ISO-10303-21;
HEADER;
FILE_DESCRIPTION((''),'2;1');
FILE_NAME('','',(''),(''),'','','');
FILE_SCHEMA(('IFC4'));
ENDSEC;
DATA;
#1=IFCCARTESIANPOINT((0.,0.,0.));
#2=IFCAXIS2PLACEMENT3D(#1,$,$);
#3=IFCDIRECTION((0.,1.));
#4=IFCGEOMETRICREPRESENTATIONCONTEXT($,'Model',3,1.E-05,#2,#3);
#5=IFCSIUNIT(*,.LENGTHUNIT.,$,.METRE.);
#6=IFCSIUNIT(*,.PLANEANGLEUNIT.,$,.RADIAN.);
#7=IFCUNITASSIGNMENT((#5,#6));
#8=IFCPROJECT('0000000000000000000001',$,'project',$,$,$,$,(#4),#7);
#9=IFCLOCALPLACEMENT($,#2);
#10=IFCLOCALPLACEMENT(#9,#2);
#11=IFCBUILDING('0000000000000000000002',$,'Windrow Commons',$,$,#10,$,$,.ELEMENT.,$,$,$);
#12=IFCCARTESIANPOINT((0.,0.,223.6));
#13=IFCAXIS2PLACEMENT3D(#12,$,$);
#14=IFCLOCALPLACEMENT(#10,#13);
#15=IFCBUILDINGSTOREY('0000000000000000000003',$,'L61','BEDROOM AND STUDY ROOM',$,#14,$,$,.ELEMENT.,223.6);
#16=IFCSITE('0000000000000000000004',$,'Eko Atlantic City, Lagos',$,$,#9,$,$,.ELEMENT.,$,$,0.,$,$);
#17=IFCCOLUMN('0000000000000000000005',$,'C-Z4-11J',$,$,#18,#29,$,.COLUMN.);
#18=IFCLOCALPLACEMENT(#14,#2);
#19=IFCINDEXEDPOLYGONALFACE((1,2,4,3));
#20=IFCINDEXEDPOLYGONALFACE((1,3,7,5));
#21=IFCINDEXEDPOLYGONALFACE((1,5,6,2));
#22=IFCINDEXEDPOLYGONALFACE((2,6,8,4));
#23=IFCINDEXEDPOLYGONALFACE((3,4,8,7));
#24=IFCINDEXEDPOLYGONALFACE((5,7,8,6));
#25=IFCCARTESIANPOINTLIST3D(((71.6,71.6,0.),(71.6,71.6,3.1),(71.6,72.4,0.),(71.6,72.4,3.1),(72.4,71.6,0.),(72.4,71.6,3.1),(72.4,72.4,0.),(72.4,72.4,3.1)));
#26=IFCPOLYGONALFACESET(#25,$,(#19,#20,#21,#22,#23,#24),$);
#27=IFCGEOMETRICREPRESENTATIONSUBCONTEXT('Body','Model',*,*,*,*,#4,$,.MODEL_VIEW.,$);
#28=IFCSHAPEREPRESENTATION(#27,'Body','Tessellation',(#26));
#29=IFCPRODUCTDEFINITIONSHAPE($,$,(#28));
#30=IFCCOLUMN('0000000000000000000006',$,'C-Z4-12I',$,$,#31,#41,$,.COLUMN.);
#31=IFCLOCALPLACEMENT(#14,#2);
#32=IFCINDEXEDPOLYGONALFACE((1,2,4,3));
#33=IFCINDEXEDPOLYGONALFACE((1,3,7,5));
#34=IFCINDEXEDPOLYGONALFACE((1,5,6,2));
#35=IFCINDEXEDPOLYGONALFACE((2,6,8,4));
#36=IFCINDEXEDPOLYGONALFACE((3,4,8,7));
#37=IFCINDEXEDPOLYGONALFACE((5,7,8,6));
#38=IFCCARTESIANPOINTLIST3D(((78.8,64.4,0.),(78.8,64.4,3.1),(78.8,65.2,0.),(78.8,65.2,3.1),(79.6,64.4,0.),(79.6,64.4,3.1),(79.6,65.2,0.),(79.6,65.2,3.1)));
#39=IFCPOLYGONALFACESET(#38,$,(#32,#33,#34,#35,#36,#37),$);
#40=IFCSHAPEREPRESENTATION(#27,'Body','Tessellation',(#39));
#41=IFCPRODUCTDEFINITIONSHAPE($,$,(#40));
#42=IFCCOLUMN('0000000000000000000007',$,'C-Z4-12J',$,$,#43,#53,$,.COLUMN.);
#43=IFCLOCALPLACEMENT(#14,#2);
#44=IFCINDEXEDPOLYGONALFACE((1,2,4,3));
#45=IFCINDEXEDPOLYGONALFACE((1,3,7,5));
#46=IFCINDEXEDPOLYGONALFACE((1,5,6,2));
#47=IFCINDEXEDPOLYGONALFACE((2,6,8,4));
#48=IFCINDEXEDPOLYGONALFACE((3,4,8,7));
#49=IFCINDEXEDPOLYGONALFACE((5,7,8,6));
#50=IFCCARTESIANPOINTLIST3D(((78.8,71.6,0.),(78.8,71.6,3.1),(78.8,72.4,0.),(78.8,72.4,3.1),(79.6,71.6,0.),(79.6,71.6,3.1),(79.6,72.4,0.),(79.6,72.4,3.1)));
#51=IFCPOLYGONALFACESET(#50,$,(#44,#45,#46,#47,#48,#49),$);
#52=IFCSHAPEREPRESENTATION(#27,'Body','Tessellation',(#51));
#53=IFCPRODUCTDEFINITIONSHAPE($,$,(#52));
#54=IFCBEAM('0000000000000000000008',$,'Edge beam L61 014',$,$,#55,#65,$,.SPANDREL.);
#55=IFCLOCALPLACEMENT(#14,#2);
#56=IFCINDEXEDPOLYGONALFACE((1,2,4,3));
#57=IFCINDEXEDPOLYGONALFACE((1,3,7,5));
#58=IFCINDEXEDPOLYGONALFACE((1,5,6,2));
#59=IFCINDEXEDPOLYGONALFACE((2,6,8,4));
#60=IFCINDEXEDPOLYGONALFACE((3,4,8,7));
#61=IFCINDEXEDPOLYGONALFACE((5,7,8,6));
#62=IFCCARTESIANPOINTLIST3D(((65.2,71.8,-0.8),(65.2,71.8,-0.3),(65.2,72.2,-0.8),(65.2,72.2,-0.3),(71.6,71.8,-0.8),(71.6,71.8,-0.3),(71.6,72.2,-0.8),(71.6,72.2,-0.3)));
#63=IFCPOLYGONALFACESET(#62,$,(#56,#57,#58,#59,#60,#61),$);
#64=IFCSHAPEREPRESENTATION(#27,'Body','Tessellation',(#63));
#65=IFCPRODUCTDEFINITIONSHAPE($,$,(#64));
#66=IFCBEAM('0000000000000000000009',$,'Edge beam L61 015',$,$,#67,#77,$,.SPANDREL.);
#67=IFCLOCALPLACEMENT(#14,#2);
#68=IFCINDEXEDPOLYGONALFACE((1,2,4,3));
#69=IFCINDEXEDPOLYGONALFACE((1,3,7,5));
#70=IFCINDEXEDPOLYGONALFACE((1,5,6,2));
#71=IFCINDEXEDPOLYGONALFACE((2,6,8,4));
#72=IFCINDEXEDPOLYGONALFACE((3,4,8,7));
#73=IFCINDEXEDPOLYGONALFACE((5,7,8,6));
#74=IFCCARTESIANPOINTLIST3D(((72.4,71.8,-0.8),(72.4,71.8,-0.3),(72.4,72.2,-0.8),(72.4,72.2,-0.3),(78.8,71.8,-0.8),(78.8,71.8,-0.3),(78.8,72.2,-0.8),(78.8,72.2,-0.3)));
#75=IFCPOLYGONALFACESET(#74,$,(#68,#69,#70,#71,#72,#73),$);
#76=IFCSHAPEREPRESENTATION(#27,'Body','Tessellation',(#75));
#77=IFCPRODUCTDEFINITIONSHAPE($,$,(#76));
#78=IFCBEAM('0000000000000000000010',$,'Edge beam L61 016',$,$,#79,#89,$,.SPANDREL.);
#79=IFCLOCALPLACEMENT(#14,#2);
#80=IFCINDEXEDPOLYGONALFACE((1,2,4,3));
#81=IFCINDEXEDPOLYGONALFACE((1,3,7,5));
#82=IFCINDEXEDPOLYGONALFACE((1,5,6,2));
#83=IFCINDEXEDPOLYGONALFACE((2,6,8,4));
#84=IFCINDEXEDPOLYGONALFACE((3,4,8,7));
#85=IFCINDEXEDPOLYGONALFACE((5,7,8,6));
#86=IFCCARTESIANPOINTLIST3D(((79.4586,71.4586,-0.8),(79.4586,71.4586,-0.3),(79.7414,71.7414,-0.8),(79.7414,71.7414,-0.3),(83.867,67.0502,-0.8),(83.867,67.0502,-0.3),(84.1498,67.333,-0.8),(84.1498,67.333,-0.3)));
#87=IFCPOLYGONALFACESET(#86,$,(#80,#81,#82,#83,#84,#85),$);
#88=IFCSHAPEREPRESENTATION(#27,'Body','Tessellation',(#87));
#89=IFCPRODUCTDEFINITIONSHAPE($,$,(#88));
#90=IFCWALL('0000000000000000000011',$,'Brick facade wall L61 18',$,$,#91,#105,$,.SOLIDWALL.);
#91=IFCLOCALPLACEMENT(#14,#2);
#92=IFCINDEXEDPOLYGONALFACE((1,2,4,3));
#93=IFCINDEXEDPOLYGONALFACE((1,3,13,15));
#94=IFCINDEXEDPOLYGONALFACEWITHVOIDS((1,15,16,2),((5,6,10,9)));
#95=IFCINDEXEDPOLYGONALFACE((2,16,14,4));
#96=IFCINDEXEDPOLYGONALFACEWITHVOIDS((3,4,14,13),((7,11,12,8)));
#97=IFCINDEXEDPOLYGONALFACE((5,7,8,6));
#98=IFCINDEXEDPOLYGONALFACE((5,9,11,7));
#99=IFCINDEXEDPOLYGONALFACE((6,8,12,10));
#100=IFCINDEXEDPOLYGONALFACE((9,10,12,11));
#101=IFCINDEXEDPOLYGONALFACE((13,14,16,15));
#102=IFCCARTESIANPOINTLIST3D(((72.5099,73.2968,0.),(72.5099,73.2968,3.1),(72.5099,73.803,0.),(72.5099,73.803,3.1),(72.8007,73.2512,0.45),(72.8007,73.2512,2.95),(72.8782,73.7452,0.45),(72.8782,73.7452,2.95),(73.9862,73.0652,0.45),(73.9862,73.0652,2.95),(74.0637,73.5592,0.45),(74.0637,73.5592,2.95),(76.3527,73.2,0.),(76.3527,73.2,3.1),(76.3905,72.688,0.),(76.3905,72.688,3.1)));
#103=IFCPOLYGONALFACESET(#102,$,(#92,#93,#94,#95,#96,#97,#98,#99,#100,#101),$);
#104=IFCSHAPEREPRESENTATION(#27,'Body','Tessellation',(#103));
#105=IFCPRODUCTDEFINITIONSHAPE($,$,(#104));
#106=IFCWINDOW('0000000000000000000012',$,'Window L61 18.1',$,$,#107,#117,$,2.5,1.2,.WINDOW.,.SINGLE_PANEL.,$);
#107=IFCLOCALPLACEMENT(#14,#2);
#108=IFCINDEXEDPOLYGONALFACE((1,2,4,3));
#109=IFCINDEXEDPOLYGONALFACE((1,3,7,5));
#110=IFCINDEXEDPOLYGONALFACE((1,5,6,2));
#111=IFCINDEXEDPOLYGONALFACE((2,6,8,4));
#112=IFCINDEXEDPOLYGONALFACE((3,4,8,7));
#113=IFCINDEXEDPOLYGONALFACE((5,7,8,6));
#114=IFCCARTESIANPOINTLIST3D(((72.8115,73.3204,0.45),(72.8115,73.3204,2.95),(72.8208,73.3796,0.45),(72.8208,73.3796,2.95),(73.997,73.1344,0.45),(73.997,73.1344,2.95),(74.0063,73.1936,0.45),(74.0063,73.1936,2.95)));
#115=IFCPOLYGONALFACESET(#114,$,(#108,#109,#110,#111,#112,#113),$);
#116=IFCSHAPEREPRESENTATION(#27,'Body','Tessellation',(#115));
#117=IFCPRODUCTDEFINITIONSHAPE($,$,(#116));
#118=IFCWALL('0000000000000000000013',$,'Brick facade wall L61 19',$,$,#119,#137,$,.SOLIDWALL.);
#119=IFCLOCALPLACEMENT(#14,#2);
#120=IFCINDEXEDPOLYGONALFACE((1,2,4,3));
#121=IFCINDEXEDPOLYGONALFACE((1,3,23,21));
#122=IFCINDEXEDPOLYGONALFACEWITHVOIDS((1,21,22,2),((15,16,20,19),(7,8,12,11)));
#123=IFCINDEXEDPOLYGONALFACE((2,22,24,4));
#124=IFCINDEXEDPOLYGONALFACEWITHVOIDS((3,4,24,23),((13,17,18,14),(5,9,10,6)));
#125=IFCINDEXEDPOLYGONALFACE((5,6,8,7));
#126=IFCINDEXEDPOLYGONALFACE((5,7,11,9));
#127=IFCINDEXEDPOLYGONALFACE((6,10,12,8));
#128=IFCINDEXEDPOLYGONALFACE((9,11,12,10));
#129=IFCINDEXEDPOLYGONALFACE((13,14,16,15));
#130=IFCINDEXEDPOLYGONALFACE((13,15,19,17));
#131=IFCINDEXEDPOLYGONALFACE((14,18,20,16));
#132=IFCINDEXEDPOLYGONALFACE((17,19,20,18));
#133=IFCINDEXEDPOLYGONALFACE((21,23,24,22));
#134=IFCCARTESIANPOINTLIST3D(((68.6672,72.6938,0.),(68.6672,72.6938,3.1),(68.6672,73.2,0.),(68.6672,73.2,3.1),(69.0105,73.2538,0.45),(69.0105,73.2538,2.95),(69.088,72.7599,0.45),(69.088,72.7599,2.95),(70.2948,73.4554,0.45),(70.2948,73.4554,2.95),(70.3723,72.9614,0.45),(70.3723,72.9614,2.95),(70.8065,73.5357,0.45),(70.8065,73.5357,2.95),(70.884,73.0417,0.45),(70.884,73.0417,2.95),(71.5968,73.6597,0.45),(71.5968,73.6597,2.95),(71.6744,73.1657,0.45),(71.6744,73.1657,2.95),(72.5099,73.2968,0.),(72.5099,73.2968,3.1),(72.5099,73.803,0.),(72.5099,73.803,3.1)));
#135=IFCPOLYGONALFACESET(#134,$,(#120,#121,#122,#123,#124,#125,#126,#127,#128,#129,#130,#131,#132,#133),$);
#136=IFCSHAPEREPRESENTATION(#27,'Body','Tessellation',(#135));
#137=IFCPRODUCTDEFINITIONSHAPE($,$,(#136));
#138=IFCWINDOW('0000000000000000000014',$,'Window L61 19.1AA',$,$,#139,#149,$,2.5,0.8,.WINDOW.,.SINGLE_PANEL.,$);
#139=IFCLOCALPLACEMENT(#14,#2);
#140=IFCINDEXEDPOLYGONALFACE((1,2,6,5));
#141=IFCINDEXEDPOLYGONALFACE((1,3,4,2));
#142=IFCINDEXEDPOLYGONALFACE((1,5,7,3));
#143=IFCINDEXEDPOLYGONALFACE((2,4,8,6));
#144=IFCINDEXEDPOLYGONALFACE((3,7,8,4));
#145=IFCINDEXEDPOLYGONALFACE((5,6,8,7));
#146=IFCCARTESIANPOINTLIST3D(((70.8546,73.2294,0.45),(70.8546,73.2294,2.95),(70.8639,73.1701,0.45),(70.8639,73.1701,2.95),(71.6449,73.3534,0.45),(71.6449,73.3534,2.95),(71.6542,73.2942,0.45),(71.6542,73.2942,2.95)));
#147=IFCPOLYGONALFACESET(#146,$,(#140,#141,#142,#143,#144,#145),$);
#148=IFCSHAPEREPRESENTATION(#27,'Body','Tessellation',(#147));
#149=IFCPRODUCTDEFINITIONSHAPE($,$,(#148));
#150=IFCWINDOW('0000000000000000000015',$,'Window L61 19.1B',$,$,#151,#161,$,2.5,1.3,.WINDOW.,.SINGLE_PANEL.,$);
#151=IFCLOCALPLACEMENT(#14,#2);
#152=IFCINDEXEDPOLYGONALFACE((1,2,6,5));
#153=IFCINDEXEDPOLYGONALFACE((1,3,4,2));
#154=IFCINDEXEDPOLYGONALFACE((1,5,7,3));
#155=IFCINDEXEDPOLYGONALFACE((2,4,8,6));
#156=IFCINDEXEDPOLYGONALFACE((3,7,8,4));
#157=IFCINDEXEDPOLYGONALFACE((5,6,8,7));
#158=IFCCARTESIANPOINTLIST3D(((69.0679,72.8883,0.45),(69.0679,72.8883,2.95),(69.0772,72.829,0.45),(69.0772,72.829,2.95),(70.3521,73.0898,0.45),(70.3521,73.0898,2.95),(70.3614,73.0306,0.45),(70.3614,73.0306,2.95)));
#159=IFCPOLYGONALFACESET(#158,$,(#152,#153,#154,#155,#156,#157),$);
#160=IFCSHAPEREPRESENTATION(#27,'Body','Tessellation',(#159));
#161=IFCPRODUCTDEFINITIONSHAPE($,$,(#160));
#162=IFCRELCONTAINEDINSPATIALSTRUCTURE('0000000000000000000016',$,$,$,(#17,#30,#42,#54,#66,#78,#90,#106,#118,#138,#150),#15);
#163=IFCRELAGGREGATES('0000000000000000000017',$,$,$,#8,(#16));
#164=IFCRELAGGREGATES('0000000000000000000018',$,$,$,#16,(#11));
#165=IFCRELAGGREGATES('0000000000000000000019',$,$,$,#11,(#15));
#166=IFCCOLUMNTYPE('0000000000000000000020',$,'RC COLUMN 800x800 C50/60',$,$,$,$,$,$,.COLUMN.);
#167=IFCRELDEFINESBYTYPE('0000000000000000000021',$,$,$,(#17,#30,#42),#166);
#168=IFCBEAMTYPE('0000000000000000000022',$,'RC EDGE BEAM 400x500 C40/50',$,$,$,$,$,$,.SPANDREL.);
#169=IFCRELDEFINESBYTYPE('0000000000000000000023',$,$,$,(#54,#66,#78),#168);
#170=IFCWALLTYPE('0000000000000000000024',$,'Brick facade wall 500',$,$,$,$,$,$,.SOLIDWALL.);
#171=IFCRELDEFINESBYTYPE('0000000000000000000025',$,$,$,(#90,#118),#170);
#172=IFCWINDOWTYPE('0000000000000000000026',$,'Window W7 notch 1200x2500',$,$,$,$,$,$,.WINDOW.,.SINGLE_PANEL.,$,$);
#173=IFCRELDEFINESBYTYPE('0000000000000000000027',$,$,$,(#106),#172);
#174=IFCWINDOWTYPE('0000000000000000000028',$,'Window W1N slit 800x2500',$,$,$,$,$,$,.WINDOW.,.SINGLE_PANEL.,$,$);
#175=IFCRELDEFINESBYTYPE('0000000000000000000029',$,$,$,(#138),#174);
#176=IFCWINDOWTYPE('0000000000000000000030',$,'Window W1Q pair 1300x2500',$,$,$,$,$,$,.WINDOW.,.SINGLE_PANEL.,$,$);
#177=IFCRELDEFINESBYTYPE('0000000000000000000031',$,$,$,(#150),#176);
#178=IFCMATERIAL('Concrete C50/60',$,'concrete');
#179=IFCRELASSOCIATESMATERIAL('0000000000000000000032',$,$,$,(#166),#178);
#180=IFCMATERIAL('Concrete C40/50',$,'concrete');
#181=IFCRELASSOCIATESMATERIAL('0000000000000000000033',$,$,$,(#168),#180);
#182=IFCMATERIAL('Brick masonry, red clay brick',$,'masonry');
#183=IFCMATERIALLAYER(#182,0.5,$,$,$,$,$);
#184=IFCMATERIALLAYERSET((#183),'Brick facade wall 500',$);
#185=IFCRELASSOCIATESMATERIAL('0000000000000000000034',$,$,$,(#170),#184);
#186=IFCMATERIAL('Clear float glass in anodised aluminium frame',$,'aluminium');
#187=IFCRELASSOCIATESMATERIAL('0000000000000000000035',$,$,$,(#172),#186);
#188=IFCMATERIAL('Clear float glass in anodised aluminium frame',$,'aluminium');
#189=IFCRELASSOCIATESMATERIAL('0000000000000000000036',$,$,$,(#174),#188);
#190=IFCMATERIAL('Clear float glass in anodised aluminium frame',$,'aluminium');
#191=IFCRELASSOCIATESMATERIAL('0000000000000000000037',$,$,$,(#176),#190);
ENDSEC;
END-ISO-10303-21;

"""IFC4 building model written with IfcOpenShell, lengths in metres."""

from ifc_helpers import new_model, si_unit, direction, frame, frame_2d, origin, origin_2d, place, context, subcontext, project, spatial, polyline, rectangle, outline, extrude, material, layer, layer_set, material_profile, profile_set, type_object, element, fill, save


model = new_model("IFC4")

# Units and contexts
model_context = context("Model", 3, precision=1e-05, world=origin(), true_north=direction((0.0, 1.0)))
body_context = subcontext(model_context, "Body", "Model", "MODEL_VIEW")
ifc_project = project(units=[si_unit("LENGTHUNIT", "METRE"), si_unit("PLANEANGLEUNIT", "RADIAN")], contexts=[model_context])

# Site, building, storey
site_placement = place(None, origin())
site = spatial("IfcSite", under=ifc_project, at=site_placement, Name="Eko Atlantic City, Lagos", CompositionType="ELEMENT", RefElevation=0.0)
building_placement = place(site_placement, origin())
building = spatial("IfcBuilding", under=site, at=building_placement, Name="Windrow Commons", CompositionType="ELEMENT")
storey_placement = place(building_placement, frame((0.0, 0.0, 223.6)))
storey = spatial("IfcBuildingStorey", under=building, at=storey_placement, Name="L61", Description="BEDROOM AND STUDY ROOM", CompositionType="ELEMENT", Elevation=223.6)

# Columns
ifc_material_1 = material(Name="Concrete C50/60", Category="concrete")
ifc_material_profile_1 = material_profile(ifc_material_1, rectangle(XDim=0.8, YDim=0.8, at=origin_2d()))
ifc_profile_set_1 = profile_set([ifc_material_profile_1], Name="Concrete C50/60")
column_type = type_object("IfcColumnType", Name="RC COLUMN 800x800 C50/60", PredefinedType="COLUMN", material=ifc_profile_set_1)
for number, where, z_axis, x_axis, name in (
    (1, (72.0, 72.0, 0.0), (0.0, 0.0, 1.0), (1.0, 0.0, 0.0), "C-Z4-11J"),
    (2, (79.2, 64.8, 0.0), (0.0, 0.0, 1.0), (1.0, 0.0, 0.0), "C-Z4-12I"),
    (3, (79.2, 72.0, 0.0), (0.0, 0.0, 1.0), (1.0, 0.0, 0.0), "C-Z4-12J"),
):
    element("IfcColumn", number, at=place(storey_placement, frame(where, z_axis=z_axis, x_axis=x_axis)), inside=storey, type_object=column_type, Name=name, PredefinedType="COLUMN", context=body_context, shape_type="SweptSolid", body=[
        extrude(rectangle(XDim=0.8, YDim=0.8, at=origin_2d()), origin(), (0.0, 0.0, 1.0), 3.1),
    ])

# Beams
ifc_material_2 = material(Name="Concrete C40/50", Category="concrete")
ifc_material_profile_2 = material_profile(ifc_material_2, rectangle(XDim=0.4, YDim=0.5, at=origin_2d()))
ifc_profile_set_2 = profile_set([ifc_material_profile_2], Name="Concrete C40/50")
beam_type = type_object("IfcBeamType", Name="RC EDGE BEAM 400x500 C40/50", PredefinedType="SPANDREL", material=ifc_profile_set_2)
for number, where, z_axis, x_axis, name in (
    (4, (65.2, 72.0, -0.55), (1.0, 0.0, 0.0), (0.0, 1.0, 0.0), "Edge beam L61 014"),
    (5, (72.4, 72.0, -0.55), (1.0, 0.0, 0.0), (0.0, 1.0, 0.0), "Edge beam L61 015"),
):
    element("IfcBeam", number, at=place(storey_placement, frame(where, z_axis=z_axis, x_axis=x_axis)), inside=storey, type_object=beam_type, Name=name, PredefinedType="SPANDREL", context=body_context, shape_type="SweptSolid", body=[
        extrude(rectangle(XDim=0.4, YDim=0.5, at=origin_2d()), origin(), (0.0, 0.0, 1.0), 6.4),
    ])
beam_placement = place(storey_placement, frame((79.6, 71.6, -0.55), z_axis=(0.707107, -0.707107, 0.0), x_axis=(0.707107, 0.707107, 0.0)))
element("IfcBeam", 6, at=beam_placement, inside=storey, type_object=beam_type, Name="Edge beam L61 016", PredefinedType="SPANDREL", context=body_context, shape_type="SweptSolid", body=[
    extrude(rectangle(XDim=0.4, YDim=0.5, at=origin_2d()), origin(), (0.0, 0.0, 1.0), 6.2344),
])

# Wall, opening, window
ifc_material_3 = material(Name="Brick masonry, red clay brick", Category="masonry")
ifc_layer_1 = layer(ifc_material_3, 0.5)
ifc_layer_set_1 = layer_set([ifc_layer_1], Name="Brick facade wall 500")
wall_type_1 = type_object("IfcWallType", Name="Brick facade wall 500", PredefinedType="SOLIDWALL", material=ifc_layer_set_1)
wall_1_placement = place(storey_placement, frame((76.3716, 72.944, 0.0), z_axis=(0.0, 0.0, 1.0), x_axis=(-0.987914, 0.155004, 0.0)))
wall_1 = element("IfcWall", 7, at=wall_1_placement, inside=storey, type_object=wall_type_1, Name="Brick facade wall L61 18", PredefinedType="SOLIDWALL", context=body_context, shape_type="SweptSolid", body=[
    extrude(outline(polyline([(0.0584, -0.25), (3.9482, -0.25), (3.8697, 0.25), (-0.0584, 0.25), (0.0584, -0.25)])), origin(), (0.0, 0.0, 1.0), 3.1),
])
opening_1_placement = place(wall_1_placement, frame((2.3754, 0.0, 0.45)))
opening_1 = element("IfcOpeningElement", 8, at=opening_1_placement, cuts=wall_1, PredefinedType="OPENING", context=body_context, shape_type="SweptSolid", body=[
    extrude(rectangle(XDim=1.2, YDim=2.5, at=frame_2d((0.6, 1.25))), frame((0.0, 0.26, 0.0), z_axis=(0.0, -1.0, 0.0), x_axis=(1.0, 0.0, 0.0)), (0.0, 0.0, 1.0), 0.52),
])
ifc_material_4 = material(Name="Clear float glass in anodised aluminium frame", Category="aluminium")
window_type_1 = type_object("IfcWindowType", Name="Window W7 notch 1200x2500", PartitioningType="SINGLE_PANEL", PredefinedType="WINDOW", material=ifc_material_4)
window_1_placement = place(opening_1_placement, origin())
window_1 = element("IfcWindow", 9, at=window_1_placement, inside=storey, type_object=window_type_1, Name="Window L61 18.1", OverallHeight=2.5, OverallWidth=1.2, PartitioningType="SINGLE_PANEL", PredefinedType="WINDOW", context=body_context, shape_type="SweptSolid", body=[
    extrude(rectangle(XDim=1.2, YDim=2.5, at=frame_2d((0.6, 1.25))), frame((0.0, 0.18, 0.0), z_axis=(0.0, -1.0, 0.0), x_axis=(1.0, 0.0, 0.0)), (0.0, 0.0, 1.0), 0.06),
])
fill(opening_1, window_1)

# Wall, openings, windows
wall_2_placement = place(storey_placement, frame((72.5099, 73.5499, 0.0), z_axis=(0.0, 0.0, 1.0), x_axis=(-0.987911, -0.155024, 0.0)))
wall_2 = element("IfcWall", 10, at=wall_2_placement, inside=storey, type_object=wall_type_1, Name="Brick facade wall L61 19", PredefinedType="SOLIDWALL", context=body_context, shape_type="SweptSolid", body=[
    extrude(outline(polyline([(-0.0392, -0.25), (3.8505, -0.25), (3.929, 0.25), (0.0392, 0.25), (-0.0392, -0.25)])), origin(), (0.0, 0.0, 1.0), 3.1),
])
opening_2_placement = place(wall_2_placement, frame((2.203, 0.0, 0.45)))
opening_2 = element("IfcOpeningElement", 11, at=opening_2_placement, cuts=wall_2, PredefinedType="OPENING", context=body_context, shape_type="SweptSolid", body=[
    extrude(rectangle(XDim=1.3, YDim=2.5, at=frame_2d((0.65, 1.25))), frame((0.0, 0.26, 0.0), z_axis=(0.0, -1.0, 0.0), x_axis=(1.0, 0.0, 0.0)), (0.0, 0.0, 1.0), 0.52),
])
opening_3_placement = place(wall_2_placement, frame((0.885, 0.0, 0.45)))
opening_3 = element("IfcOpeningElement", 12, at=opening_3_placement, cuts=wall_2, PredefinedType="OPENING", context=body_context, shape_type="SweptSolid", body=[
    extrude(rectangle(XDim=0.8, YDim=2.5, at=frame_2d((0.4, 1.25))), frame((0.0, 0.26, 0.0), z_axis=(0.0, -1.0, 0.0), x_axis=(1.0, 0.0, 0.0)), (0.0, 0.0, 1.0), 0.52),
])
ifc_material_5 = material(Name="Clear float glass in anodised aluminium frame", Category="aluminium")
window_type_2 = type_object("IfcWindowType", Name="Window W1N slit 800x2500", PartitioningType="SINGLE_PANEL", PredefinedType="WINDOW", material=ifc_material_5)
window_2_placement = place(opening_3_placement, origin())
window_2 = element("IfcWindow", 13, at=window_2_placement, inside=storey, type_object=window_type_2, Name="Window L61 19.1AA", OverallHeight=2.5, OverallWidth=0.8, PartitioningType="SINGLE_PANEL", PredefinedType="WINDOW", context=body_context, shape_type="SweptSolid", body=[
    extrude(rectangle(XDim=0.8, YDim=2.5, at=frame_2d((0.4, 1.25))), frame((0.0, 0.12, 0.0), z_axis=(0.0, -1.0, 0.0), x_axis=(1.0, 0.0, 0.0)), (0.0, 0.0, 1.0), 0.06),
])
fill(opening_3, window_2)
ifc_material_6 = material(Name="Clear float glass in anodised aluminium frame", Category="aluminium")
window_type_3 = type_object("IfcWindowType", Name="Window W1Q pair 1300x2500", PartitioningType="SINGLE_PANEL", PredefinedType="WINDOW", material=ifc_material_6)
window_3_placement = place(opening_2_placement, origin())
window_3 = element("IfcWindow", 14, at=window_3_placement, inside=storey, type_object=window_type_3, Name="Window L61 19.1B", OverallHeight=2.5, OverallWidth=1.3, PartitioningType="SINGLE_PANEL", PredefinedType="WINDOW", context=body_context, shape_type="SweptSolid", body=[
    extrude(rectangle(XDim=1.3, YDim=2.5, at=frame_2d((0.65, 1.25))), frame((0.0, 0.18, 0.0), z_axis=(0.0, -1.0, 0.0), x_axis=(1.0, 0.0, 0.0)), (0.0, 0.0, 1.0), 0.06),
])
fill(opening_2, window_3)

save(model, "model.ifc")
